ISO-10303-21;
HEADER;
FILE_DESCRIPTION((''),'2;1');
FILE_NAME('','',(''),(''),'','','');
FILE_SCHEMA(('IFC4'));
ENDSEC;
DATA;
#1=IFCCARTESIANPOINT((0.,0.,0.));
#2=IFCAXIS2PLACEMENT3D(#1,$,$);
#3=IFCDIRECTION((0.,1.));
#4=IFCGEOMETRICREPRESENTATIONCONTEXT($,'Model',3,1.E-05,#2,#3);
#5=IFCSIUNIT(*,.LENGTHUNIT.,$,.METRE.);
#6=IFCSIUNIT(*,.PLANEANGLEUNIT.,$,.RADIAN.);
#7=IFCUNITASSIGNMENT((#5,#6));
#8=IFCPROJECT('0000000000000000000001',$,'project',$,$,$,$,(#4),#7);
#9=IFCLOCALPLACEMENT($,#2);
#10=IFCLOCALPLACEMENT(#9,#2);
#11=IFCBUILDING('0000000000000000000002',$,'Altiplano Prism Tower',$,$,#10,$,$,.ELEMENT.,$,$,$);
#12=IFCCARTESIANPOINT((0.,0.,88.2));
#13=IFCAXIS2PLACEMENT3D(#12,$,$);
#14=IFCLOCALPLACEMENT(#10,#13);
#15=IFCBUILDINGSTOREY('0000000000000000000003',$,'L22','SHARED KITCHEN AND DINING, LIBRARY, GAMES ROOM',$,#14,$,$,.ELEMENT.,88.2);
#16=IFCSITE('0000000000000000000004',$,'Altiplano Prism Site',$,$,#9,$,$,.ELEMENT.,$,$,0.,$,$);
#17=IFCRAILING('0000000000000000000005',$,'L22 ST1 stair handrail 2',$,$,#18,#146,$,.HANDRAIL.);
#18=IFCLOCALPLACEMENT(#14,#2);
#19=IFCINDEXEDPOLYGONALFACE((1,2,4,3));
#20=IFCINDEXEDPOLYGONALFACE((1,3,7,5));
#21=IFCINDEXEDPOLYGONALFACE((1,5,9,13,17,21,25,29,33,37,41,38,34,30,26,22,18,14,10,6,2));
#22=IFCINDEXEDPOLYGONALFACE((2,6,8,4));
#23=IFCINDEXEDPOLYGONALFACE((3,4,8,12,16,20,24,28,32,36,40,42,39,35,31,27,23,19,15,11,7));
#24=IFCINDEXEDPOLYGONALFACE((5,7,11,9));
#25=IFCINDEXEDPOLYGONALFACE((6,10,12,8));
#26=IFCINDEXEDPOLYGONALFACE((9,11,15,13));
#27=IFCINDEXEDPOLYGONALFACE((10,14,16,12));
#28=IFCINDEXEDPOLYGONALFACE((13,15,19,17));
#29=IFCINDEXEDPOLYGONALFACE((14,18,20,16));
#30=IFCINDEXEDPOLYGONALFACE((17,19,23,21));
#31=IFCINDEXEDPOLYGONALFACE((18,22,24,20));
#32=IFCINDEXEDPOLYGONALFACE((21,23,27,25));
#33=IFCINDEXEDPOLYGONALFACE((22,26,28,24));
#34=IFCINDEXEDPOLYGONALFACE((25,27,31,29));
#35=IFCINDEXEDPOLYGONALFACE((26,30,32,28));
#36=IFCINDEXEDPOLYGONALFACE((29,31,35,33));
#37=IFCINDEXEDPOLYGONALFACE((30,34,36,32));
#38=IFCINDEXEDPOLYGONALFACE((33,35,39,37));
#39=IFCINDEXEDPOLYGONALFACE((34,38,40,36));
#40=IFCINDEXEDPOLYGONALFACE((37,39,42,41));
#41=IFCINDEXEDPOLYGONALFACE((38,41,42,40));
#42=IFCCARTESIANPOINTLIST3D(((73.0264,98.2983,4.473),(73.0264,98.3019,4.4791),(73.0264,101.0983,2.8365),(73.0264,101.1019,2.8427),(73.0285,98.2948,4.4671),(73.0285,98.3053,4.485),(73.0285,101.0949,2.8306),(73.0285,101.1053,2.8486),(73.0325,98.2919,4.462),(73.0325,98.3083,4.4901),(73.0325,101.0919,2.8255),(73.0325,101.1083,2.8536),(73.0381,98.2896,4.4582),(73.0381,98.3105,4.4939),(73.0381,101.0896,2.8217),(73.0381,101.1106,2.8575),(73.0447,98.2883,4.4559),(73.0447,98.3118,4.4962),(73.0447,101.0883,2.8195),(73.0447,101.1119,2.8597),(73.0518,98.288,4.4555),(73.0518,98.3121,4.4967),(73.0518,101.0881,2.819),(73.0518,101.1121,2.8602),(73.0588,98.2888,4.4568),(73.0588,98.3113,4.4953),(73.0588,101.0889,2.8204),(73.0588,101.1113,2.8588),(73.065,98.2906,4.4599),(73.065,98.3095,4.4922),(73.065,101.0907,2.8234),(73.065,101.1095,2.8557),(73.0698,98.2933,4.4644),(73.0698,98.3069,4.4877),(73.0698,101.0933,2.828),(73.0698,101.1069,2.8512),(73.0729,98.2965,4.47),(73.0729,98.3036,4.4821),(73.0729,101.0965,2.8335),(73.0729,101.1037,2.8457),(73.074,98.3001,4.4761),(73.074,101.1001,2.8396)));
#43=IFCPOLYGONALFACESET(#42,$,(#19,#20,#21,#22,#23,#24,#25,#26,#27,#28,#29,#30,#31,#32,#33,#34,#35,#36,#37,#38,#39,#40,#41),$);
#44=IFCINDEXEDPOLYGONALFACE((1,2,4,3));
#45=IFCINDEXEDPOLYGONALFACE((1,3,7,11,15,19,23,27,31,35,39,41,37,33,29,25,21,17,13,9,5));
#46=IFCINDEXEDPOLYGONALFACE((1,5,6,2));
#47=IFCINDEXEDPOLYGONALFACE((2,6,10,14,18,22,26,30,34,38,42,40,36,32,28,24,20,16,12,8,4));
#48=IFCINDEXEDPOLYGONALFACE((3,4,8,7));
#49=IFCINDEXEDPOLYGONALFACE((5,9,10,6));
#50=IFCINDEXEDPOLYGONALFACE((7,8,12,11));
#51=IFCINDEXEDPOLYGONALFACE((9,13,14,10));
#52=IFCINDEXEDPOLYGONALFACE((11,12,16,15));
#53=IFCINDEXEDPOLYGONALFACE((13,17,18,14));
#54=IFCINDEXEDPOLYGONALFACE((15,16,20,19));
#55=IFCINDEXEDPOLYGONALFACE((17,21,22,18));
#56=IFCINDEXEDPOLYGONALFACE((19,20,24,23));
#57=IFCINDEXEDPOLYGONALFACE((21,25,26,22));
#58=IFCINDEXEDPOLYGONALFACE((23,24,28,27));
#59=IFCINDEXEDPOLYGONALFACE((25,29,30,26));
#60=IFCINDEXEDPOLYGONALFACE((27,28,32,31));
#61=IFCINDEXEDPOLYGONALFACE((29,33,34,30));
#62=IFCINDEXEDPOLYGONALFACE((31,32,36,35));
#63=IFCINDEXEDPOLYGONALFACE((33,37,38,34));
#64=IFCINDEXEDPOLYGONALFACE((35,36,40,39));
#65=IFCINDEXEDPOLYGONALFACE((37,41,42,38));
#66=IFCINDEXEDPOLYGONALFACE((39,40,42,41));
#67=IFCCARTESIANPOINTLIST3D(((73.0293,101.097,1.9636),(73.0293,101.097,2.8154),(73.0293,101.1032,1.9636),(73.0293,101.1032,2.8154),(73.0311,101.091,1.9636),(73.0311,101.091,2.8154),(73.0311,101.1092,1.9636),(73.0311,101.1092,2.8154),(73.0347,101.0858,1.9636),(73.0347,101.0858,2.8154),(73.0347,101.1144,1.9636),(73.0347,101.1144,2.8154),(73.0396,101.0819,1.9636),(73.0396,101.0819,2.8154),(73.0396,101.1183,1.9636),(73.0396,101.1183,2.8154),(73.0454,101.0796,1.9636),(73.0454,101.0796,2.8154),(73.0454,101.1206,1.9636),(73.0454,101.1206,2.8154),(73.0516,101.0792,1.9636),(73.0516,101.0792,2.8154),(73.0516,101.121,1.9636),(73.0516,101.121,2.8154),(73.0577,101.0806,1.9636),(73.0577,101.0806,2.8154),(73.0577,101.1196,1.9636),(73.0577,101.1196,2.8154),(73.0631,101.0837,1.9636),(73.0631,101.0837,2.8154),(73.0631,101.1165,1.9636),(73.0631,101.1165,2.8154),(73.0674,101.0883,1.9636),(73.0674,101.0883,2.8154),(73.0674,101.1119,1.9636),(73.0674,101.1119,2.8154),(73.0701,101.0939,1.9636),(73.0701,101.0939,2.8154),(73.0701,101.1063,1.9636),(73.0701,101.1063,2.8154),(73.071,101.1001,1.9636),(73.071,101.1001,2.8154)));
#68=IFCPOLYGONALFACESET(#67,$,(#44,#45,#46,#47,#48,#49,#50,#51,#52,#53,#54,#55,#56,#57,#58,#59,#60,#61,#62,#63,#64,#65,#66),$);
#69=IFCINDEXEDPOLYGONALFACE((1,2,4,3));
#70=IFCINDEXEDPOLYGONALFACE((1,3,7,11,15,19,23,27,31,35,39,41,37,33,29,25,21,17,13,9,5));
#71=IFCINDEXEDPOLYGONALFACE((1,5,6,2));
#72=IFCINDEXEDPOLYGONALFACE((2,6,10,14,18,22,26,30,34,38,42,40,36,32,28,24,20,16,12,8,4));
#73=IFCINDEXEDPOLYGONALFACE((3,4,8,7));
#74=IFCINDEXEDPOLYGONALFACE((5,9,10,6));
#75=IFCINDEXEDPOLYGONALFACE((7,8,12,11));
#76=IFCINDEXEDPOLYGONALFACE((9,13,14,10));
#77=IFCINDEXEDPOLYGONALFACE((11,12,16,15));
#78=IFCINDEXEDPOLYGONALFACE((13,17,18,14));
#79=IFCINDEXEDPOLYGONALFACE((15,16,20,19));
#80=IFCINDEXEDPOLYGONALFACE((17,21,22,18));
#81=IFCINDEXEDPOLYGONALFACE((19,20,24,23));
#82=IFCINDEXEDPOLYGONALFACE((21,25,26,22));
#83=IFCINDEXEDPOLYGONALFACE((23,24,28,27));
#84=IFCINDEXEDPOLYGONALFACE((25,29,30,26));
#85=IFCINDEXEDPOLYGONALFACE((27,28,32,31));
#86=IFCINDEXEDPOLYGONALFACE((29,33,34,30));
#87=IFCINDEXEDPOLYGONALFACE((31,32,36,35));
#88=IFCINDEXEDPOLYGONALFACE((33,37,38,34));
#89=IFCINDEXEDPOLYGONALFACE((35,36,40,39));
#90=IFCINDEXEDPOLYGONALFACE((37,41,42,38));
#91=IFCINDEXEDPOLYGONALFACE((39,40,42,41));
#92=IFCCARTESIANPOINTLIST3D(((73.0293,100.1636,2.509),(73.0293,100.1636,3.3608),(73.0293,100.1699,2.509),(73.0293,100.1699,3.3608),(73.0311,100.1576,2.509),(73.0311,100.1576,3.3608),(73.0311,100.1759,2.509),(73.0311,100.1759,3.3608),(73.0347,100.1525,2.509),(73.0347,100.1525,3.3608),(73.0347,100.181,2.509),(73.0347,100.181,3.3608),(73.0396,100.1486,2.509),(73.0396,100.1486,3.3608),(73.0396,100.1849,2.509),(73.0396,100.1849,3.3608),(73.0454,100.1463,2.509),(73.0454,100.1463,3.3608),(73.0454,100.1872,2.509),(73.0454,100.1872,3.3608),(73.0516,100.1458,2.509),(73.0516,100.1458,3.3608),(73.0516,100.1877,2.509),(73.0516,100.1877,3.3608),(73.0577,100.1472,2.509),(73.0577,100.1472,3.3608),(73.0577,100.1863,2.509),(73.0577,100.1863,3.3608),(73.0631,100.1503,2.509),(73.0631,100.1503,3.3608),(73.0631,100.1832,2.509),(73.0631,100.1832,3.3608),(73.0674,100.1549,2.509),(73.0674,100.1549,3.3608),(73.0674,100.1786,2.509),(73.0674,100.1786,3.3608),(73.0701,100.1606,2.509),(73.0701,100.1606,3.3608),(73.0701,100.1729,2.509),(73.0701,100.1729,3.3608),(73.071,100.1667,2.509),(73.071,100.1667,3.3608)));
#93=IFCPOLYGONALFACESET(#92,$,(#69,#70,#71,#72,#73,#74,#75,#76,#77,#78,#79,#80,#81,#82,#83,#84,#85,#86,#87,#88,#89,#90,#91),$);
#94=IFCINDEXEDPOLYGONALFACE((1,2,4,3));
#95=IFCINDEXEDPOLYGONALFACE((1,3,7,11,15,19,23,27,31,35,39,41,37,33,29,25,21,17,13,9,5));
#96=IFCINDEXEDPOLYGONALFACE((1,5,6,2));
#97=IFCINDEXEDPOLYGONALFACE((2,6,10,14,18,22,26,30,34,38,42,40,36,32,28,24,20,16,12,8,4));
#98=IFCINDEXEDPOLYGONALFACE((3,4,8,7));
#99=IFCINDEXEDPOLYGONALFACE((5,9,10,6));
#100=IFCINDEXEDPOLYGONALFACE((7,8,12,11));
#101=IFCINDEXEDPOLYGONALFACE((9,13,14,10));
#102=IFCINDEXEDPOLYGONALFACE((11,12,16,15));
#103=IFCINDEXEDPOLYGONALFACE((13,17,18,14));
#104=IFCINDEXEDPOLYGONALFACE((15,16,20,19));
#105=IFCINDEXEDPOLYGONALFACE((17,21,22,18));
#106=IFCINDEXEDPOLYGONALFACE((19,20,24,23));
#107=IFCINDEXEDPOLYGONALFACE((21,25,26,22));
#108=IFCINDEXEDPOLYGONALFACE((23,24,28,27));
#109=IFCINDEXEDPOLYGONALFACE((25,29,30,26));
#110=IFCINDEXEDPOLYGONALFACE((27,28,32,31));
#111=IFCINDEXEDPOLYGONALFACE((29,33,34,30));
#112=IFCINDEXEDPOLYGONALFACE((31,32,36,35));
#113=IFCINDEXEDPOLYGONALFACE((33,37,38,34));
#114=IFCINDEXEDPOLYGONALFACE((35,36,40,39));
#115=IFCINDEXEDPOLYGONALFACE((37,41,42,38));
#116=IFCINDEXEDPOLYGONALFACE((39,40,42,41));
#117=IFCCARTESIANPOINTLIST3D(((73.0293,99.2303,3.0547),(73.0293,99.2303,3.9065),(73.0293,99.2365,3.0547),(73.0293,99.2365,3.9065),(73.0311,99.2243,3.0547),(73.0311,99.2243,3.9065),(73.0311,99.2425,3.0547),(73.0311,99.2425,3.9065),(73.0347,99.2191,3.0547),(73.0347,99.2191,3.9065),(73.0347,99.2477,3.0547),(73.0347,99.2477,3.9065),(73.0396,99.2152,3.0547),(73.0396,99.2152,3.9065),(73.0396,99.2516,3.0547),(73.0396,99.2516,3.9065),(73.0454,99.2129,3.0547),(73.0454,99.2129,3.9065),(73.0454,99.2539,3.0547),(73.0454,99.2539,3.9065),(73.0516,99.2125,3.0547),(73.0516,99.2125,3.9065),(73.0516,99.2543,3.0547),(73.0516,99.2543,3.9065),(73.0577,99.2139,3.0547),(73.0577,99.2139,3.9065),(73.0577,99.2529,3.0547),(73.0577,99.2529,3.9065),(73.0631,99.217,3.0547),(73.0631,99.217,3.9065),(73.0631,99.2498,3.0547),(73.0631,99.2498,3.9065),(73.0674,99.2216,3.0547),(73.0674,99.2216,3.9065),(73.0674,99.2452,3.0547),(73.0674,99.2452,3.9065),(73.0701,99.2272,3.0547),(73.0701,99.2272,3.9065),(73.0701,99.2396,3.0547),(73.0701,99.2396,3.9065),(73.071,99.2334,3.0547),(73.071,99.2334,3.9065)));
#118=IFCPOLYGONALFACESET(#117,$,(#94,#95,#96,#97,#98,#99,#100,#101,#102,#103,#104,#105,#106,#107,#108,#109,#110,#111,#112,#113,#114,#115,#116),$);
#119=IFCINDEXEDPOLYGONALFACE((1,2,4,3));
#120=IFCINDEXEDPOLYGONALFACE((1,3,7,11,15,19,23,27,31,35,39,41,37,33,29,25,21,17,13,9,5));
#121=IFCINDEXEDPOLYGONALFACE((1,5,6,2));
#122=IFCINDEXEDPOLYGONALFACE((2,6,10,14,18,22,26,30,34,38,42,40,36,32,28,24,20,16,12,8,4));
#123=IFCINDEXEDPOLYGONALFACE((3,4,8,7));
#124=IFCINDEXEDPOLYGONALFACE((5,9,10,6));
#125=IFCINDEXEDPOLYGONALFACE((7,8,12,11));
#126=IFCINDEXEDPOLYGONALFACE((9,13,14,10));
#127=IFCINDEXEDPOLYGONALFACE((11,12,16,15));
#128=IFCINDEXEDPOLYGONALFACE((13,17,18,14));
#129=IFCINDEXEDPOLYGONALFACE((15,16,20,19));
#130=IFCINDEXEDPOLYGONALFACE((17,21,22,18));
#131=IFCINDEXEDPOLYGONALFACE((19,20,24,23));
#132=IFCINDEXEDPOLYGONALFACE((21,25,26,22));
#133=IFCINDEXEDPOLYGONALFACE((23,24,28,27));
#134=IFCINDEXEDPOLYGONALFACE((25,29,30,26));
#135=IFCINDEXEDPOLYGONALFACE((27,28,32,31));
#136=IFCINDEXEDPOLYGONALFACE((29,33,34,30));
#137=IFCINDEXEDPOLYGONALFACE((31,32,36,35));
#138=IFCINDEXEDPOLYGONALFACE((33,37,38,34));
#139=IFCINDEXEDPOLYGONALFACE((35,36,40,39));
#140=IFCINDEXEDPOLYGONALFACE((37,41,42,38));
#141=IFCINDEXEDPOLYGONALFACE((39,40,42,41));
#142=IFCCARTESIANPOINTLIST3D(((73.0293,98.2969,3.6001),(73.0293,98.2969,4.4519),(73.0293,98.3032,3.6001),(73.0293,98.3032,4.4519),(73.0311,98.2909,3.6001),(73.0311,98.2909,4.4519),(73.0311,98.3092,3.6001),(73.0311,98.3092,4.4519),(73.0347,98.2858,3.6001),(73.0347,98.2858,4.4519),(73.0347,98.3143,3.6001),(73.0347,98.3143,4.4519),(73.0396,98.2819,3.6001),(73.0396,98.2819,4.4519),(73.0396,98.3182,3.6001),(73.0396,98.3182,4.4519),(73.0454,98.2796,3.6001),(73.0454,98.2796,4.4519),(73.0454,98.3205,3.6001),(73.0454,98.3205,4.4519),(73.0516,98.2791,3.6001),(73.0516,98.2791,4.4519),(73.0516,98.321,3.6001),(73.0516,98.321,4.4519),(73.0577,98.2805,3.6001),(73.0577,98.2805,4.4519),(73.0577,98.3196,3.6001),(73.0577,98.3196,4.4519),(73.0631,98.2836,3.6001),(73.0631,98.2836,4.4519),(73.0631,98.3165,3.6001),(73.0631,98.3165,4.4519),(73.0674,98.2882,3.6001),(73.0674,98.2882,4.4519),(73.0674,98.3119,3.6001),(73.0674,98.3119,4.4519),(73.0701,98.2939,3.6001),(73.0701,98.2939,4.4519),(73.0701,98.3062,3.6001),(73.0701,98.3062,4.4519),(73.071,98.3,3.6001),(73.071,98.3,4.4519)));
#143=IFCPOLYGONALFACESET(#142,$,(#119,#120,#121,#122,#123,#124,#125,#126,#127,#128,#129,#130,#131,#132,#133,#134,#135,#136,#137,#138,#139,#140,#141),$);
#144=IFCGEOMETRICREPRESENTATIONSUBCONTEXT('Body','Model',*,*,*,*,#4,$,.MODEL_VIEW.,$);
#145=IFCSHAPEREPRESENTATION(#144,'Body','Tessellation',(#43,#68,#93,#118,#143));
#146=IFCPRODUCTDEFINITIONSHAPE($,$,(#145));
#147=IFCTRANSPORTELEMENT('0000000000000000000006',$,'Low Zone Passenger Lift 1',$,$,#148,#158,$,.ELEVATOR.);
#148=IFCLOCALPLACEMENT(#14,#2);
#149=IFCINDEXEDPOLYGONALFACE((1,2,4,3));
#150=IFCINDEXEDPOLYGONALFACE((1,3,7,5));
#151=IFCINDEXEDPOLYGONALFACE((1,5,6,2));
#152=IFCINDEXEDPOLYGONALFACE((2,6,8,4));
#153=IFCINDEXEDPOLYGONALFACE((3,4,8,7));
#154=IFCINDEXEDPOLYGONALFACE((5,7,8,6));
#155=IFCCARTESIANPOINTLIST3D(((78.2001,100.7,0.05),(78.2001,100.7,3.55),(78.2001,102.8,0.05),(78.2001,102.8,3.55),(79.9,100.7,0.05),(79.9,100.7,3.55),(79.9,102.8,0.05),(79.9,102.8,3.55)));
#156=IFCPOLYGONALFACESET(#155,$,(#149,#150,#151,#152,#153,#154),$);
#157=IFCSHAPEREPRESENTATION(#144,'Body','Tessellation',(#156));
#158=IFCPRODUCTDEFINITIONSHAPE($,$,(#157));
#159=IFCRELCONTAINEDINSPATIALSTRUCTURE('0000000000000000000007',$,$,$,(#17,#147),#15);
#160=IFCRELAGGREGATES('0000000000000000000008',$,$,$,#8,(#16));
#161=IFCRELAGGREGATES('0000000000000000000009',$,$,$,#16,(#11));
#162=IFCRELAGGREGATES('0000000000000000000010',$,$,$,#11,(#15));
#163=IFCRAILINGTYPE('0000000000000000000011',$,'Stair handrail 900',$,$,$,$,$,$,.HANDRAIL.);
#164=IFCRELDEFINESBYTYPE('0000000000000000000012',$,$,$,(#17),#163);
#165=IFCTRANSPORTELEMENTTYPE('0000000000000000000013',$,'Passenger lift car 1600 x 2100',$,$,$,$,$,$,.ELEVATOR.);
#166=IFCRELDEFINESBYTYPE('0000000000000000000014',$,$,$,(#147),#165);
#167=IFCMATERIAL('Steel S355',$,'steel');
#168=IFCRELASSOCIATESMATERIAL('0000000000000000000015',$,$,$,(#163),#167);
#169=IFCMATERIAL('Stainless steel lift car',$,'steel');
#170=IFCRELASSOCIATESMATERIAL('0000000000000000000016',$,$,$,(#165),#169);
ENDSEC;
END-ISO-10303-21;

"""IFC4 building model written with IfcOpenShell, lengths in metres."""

from ifc_helpers import new_model, si_unit, direction, frame, origin, origin_2d, place, context, subcontext, project, spatial, rectangle, circle, extrude, material, type_object, element, save


model = new_model("IFC4")

# Units and contexts
model_context = context("Model", 3, precision=1e-05, world=origin(), true_north=direction((0.0, 1.0)))
body_context = subcontext(model_context, "Body", "Model", "MODEL_VIEW")
ifc_project = project(units=[si_unit("LENGTHUNIT", "METRE"), si_unit("PLANEANGLEUNIT", "RADIAN")], contexts=[model_context])

# Site, building, storey
site_placement = place(None, origin())
site = spatial("IfcSite", under=ifc_project, at=site_placement, Name="Altiplano Prism Site", CompositionType="ELEMENT", RefElevation=0.0)
building_placement = place(site_placement, origin())
building = spatial("IfcBuilding", under=site, at=building_placement, Name="Altiplano Prism Tower", CompositionType="ELEMENT")
storey_placement = place(building_placement, frame((0.0, 0.0, 88.2)))
storey = spatial("IfcBuildingStorey", under=building, at=storey_placement, Name="L22", Description="SHARED KITCHEN AND DINING, LIBRARY, GAMES ROOM", CompositionType="ELEMENT", Elevation=88.2)

# Railing
ifc_material_1 = material(Name="Steel S355", Category="steel")
railing_type_1 = type_object("IfcRailingType", Name="Stair handrail 900", PredefinedType="HANDRAIL", material=ifc_material_1)
railing_1_placement = place(storey_placement, frame((73.05, 101.1001, 1.9636)))
element("IfcRailing", 1, at=railing_1_placement, inside=storey, type_object=railing_type_1, Name="L22 ST1 stair handrail 2", PredefinedType="HANDRAIL", context=body_context, shape_type="SweptSolid", body=[
    extrude(circle(Radius=0.0239, at=origin_2d()), frame((0.0, 0.0, 0.876), z_axis=(0.0, -0.863361, 0.504587), x_axis=(1.0, 0.0, 0.0)), (0.0, 0.0, 1.0), 3.2432),
    extrude(circle(Radius=0.021, at=origin_2d()), origin(), (0.0, 0.0, 1.0), 0.8518),
    extrude(circle(Radius=0.021, at=origin_2d()), frame((0.0, -0.9333, 0.5454)), (0.0, 0.0, 1.0), 0.8518),
    extrude(circle(Radius=0.021, at=origin_2d()), frame((0.0, -1.8667, 1.0911)), (0.0, 0.0, 1.0), 0.8518),
    extrude(circle(Radius=0.021, at=origin_2d()), frame((0.0, -2.8, 1.6365)), (0.0, 0.0, 1.0), 0.8518),
])

# Transport element
ifc_material_2 = material(Name="Stainless steel lift car", Category="steel")
transport_element_type = type_object("IfcTransportElementType", Name="Passenger lift car 1600 x 2100", PredefinedType="ELEVATOR", material=ifc_material_2)
transport_element_placement = place(storey_placement, frame((79.05, 101.75, 0.05), z_axis=(0.0, 0.0, 1.0), x_axis=(1.0, 0.0, 0.0)))
element("IfcTransportElement", 2, at=transport_element_placement, inside=storey, type_object=transport_element_type, Name="Low Zone Passenger Lift 1", PredefinedType="ELEVATOR", context=body_context, shape_type="SweptSolid", body=[
    extrude(rectangle(XDim=1.7, YDim=2.1001, at=origin_2d()), origin(), (0.0, 0.0, 1.0), 3.5),
])

save(model, "model.ifc")
